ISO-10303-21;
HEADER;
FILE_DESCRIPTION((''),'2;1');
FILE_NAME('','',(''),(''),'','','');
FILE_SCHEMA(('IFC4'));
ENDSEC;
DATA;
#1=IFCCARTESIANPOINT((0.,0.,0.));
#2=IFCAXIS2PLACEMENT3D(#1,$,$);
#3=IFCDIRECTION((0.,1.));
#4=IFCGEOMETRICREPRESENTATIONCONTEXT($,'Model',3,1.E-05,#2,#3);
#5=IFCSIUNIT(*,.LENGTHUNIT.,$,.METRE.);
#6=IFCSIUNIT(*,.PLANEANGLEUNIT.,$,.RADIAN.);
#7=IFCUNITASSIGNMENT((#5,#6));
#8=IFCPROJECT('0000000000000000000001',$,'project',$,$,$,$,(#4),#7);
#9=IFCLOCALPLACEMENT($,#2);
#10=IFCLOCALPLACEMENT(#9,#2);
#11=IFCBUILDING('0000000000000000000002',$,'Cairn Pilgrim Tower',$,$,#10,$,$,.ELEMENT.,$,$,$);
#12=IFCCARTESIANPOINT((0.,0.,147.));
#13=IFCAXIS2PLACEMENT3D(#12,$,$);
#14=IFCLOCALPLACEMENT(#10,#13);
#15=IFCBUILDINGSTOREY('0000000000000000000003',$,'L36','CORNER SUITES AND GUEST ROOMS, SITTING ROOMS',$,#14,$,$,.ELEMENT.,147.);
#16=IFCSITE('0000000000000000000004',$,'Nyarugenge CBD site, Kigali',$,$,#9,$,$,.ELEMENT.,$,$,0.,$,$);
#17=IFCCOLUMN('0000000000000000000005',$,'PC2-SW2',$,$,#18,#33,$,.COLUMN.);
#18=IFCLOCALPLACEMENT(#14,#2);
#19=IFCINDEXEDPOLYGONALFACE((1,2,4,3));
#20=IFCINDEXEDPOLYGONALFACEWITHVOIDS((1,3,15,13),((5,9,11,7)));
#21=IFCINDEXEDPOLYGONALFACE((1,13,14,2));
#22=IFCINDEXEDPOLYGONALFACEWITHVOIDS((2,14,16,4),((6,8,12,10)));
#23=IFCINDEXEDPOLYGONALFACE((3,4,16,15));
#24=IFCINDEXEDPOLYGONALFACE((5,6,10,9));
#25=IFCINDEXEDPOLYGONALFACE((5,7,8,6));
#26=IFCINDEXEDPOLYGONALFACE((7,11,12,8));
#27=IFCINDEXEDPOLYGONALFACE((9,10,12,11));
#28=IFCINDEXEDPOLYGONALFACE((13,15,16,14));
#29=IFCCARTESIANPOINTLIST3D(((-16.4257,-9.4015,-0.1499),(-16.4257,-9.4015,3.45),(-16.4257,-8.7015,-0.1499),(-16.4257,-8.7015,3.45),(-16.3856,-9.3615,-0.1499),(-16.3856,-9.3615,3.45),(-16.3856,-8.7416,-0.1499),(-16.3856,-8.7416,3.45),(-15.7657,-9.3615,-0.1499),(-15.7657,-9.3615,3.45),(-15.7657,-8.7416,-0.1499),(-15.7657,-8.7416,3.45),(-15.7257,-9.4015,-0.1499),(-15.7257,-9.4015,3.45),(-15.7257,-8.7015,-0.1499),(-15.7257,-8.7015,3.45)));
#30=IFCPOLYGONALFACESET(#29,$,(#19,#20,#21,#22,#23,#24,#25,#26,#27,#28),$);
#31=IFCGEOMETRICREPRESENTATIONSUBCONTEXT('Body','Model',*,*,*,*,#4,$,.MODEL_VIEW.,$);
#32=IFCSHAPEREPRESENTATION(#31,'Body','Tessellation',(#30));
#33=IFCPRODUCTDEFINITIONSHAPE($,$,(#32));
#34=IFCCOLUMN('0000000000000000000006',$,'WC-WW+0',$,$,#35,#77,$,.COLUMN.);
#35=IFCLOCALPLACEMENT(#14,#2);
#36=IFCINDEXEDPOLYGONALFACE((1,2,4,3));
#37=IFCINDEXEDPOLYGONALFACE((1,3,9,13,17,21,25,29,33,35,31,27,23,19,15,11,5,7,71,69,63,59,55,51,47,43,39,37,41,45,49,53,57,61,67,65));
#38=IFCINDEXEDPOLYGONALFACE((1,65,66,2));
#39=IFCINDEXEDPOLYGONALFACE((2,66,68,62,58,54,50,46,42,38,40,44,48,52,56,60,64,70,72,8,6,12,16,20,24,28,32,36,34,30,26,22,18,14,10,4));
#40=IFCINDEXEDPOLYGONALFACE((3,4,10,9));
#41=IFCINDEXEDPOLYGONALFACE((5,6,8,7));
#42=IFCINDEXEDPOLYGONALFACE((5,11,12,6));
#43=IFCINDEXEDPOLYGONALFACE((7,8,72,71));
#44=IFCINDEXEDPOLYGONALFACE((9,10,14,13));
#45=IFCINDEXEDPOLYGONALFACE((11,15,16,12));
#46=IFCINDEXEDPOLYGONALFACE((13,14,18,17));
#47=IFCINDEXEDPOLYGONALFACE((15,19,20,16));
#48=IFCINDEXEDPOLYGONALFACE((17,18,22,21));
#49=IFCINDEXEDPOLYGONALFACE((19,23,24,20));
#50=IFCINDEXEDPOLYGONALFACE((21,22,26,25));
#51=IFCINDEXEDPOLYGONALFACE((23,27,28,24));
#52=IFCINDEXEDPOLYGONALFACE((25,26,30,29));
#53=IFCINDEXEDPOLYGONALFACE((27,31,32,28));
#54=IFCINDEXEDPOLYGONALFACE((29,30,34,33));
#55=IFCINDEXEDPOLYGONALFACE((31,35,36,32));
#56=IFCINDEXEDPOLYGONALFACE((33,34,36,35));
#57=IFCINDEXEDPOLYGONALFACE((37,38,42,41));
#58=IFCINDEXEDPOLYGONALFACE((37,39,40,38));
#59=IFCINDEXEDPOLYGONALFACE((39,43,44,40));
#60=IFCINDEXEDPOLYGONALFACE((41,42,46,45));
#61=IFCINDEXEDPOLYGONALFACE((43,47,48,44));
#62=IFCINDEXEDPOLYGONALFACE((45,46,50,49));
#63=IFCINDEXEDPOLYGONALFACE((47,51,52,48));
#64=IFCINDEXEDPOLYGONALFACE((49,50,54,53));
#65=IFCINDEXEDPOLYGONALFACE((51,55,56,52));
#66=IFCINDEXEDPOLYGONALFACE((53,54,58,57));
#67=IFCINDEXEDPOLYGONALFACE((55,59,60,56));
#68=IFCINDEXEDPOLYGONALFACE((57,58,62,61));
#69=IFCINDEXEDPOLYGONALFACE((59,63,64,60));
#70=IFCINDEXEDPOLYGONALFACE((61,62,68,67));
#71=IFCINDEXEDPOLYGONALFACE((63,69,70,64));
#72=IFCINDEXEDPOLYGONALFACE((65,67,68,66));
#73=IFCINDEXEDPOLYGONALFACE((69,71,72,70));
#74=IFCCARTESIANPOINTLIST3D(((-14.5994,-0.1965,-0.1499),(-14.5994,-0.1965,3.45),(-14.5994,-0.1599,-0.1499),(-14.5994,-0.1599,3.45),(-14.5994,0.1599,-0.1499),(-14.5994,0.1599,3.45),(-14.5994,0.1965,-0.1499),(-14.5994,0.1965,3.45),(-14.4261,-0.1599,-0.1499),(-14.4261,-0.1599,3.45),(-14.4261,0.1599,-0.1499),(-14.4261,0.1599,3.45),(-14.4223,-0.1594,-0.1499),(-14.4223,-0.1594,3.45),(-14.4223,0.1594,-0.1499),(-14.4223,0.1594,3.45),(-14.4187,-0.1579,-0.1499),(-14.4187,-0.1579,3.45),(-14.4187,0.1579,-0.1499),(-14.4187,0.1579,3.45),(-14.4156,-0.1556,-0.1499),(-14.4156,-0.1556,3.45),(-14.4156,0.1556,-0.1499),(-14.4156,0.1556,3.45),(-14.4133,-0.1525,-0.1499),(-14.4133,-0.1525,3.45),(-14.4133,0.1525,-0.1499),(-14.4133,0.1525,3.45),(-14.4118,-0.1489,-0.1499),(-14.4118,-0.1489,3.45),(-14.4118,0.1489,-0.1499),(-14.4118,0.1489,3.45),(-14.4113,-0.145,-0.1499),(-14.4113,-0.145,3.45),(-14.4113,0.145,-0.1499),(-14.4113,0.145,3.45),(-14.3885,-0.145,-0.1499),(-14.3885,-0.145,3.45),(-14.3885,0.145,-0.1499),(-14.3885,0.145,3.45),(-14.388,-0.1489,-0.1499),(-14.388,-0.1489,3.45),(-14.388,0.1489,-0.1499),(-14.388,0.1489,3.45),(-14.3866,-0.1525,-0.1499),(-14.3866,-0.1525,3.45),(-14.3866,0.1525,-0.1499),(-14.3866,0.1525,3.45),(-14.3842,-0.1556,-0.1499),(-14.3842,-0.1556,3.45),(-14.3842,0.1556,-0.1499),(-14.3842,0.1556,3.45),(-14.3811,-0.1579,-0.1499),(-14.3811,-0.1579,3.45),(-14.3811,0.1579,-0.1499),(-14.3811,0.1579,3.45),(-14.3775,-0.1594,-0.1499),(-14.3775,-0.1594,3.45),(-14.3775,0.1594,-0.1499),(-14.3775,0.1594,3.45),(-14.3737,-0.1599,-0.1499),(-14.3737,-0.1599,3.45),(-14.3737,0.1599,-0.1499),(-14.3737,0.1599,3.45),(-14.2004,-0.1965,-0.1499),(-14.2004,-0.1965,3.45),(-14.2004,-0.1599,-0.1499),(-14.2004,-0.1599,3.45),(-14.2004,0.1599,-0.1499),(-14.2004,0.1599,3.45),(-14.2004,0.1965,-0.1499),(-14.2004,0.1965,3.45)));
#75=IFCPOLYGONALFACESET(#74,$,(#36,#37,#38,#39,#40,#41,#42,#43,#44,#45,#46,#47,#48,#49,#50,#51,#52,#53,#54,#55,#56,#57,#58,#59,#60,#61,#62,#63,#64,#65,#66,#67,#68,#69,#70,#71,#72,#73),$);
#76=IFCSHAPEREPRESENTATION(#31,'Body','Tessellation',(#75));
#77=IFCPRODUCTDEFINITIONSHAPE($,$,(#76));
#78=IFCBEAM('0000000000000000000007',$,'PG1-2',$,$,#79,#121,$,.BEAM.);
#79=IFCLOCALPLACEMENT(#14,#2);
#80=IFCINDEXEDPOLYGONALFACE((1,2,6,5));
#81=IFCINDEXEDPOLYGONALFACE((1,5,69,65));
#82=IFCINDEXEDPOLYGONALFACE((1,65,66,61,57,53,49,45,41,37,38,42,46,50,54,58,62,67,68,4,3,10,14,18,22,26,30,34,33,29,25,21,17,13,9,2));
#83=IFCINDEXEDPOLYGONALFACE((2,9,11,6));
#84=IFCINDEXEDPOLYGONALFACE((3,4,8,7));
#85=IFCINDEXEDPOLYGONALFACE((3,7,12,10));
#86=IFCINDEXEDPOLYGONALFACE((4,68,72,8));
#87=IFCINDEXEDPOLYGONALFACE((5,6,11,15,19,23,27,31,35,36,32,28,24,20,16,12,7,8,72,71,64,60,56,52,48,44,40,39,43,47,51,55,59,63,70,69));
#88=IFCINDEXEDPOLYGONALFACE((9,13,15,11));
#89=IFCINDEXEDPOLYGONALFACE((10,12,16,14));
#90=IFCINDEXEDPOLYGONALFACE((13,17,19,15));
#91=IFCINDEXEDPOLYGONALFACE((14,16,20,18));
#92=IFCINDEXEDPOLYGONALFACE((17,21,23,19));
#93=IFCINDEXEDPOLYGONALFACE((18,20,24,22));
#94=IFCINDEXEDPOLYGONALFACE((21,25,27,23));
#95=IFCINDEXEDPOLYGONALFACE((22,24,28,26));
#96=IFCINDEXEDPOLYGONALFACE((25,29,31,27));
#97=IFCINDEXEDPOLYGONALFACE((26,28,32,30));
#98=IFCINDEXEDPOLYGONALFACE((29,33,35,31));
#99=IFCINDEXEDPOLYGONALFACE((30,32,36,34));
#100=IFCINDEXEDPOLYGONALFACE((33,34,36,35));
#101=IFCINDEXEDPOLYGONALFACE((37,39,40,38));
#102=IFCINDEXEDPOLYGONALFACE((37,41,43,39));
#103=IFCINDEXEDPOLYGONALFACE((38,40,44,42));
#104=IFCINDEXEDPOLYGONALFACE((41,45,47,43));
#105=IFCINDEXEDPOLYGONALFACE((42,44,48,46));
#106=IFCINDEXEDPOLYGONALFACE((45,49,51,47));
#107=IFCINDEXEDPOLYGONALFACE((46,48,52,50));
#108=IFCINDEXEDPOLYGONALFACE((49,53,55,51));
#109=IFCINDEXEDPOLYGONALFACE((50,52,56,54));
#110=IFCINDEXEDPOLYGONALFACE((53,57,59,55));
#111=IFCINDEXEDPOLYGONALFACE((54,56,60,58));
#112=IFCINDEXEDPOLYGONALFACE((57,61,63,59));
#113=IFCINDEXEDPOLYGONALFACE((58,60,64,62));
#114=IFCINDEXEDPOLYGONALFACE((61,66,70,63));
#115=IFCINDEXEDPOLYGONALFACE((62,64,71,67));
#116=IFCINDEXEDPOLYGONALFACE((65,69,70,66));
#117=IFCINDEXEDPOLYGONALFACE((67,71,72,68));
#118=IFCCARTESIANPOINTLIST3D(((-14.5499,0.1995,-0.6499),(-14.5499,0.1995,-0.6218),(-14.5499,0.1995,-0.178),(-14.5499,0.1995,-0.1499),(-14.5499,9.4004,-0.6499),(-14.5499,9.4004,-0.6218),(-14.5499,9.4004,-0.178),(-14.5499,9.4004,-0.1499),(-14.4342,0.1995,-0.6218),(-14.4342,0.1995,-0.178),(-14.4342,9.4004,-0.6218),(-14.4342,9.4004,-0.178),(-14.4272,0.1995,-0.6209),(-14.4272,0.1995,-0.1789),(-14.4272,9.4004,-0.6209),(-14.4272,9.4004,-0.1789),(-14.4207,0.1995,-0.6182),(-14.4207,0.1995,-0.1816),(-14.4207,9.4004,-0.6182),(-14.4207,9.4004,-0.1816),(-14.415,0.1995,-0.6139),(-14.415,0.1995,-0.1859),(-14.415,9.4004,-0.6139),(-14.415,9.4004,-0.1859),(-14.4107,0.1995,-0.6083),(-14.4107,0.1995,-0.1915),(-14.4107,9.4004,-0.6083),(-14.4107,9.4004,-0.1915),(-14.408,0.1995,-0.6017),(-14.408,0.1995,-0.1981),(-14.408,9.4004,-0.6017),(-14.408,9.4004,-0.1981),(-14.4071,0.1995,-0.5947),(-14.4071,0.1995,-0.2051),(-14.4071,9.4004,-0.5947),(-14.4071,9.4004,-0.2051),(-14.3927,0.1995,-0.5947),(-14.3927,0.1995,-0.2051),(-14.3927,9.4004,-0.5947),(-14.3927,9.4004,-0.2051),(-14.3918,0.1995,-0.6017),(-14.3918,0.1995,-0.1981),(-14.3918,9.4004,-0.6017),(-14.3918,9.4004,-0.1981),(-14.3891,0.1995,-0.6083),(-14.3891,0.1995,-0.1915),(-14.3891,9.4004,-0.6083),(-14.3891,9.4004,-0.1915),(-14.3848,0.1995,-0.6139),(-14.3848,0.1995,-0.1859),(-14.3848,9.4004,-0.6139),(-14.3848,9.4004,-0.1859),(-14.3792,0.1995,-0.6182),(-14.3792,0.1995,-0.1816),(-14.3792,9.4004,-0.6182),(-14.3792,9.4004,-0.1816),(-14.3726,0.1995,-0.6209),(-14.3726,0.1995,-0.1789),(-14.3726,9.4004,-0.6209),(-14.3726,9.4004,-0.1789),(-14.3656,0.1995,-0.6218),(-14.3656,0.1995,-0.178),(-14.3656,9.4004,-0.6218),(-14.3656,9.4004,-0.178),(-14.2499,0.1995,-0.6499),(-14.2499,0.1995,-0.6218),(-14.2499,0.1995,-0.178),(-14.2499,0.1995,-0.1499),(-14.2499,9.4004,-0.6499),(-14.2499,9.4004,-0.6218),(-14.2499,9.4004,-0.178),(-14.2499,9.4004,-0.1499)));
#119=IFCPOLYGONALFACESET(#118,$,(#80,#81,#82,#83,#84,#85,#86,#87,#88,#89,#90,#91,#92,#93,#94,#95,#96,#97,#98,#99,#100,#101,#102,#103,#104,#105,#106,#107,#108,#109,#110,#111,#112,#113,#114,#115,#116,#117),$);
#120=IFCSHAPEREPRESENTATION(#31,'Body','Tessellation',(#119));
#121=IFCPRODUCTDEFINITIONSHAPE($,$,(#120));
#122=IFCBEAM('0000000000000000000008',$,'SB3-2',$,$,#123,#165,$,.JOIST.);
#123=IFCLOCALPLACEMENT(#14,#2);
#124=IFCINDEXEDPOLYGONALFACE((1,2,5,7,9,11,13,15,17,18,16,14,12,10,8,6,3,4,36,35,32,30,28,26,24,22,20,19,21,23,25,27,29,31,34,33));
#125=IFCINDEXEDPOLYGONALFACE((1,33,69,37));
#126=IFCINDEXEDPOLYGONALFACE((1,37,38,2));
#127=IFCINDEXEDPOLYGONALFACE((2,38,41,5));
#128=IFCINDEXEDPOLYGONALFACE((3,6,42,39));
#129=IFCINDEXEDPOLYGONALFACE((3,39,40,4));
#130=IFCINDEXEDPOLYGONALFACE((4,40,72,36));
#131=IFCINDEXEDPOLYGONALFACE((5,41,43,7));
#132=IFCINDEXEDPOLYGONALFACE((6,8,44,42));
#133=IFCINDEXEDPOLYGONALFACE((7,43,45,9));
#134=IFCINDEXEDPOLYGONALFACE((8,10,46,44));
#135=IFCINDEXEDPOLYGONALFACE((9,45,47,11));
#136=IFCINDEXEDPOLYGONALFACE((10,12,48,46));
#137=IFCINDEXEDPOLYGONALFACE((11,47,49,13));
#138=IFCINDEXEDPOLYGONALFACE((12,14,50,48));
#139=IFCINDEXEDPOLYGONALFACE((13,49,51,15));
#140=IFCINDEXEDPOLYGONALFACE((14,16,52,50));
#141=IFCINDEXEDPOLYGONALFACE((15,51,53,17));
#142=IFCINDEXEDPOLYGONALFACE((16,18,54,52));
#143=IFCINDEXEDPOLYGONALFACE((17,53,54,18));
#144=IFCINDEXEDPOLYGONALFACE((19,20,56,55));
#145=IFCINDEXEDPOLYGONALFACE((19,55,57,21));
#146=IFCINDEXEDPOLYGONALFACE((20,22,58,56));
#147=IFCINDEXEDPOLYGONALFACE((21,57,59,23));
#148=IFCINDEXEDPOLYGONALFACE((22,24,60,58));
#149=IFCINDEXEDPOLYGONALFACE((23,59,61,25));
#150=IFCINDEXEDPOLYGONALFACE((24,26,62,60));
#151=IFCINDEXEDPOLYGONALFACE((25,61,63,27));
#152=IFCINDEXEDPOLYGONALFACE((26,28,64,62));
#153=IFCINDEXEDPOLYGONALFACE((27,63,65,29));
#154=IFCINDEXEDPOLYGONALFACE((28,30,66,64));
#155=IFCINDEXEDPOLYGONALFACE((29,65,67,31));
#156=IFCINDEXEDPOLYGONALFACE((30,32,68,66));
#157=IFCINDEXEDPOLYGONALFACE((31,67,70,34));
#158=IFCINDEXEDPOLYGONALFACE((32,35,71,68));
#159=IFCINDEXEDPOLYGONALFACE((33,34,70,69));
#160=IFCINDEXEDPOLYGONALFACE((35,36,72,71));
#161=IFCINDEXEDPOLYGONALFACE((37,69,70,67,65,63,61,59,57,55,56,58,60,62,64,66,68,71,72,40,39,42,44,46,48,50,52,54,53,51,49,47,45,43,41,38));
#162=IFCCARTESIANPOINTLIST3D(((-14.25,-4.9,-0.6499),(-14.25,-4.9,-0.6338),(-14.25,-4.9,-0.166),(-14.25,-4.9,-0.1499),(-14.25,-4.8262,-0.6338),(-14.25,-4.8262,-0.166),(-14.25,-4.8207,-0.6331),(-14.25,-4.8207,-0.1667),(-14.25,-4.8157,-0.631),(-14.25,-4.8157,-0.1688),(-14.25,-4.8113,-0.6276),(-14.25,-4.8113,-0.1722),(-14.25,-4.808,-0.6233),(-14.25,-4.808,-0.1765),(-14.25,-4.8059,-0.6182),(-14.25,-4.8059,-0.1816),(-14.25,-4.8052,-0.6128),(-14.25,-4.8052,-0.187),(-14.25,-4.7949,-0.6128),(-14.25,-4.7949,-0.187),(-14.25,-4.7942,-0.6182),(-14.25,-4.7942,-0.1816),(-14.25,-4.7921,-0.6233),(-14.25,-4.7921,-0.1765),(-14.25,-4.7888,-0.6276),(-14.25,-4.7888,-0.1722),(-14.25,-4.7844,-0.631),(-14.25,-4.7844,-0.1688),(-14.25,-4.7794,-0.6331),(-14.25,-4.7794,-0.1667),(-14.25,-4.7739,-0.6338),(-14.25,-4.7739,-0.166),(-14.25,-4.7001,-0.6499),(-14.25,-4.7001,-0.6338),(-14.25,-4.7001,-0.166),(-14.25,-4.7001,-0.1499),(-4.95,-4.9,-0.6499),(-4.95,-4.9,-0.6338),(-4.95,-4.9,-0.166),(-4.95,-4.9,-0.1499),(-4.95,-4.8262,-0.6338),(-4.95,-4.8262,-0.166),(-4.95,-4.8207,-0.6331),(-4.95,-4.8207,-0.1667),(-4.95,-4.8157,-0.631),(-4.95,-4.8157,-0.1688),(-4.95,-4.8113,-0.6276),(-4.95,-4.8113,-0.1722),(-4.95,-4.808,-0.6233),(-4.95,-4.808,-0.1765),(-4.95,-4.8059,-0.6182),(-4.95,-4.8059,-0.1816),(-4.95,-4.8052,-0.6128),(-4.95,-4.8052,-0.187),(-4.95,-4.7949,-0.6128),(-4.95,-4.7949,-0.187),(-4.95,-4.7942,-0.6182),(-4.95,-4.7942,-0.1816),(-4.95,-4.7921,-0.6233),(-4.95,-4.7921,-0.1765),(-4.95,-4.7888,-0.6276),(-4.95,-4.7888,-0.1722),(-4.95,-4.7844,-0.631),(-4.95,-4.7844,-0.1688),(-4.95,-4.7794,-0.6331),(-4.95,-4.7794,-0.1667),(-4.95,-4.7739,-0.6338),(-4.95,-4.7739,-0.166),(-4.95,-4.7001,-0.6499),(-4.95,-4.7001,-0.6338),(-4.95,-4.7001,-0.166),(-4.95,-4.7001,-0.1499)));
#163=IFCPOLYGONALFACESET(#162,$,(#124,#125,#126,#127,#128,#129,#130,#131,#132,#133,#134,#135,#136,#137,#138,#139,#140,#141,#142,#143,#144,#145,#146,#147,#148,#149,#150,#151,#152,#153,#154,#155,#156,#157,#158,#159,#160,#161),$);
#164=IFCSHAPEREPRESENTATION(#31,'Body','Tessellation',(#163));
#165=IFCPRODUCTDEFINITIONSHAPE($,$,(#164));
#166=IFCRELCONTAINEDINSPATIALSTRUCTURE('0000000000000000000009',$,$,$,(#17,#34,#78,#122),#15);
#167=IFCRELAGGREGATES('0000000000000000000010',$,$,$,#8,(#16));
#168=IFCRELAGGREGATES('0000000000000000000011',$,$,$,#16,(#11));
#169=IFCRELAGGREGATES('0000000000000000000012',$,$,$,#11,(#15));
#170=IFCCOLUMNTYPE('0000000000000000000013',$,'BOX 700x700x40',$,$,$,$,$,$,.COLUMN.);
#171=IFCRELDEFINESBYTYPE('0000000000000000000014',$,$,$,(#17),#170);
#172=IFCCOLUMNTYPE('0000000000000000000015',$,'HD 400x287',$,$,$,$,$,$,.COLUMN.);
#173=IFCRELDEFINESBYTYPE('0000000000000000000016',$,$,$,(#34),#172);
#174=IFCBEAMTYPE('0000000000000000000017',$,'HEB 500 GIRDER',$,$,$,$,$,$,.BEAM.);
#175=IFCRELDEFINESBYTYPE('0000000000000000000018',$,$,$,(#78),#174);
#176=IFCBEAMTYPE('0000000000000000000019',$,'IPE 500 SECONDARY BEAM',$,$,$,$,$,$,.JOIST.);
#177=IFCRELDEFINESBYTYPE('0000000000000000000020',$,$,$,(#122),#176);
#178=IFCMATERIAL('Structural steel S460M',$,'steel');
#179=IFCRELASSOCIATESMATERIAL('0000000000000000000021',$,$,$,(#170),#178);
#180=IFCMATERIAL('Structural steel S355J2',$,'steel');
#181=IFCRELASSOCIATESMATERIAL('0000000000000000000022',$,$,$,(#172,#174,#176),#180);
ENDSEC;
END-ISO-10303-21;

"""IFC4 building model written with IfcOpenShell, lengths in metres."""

from ifc_helpers import new_model, si_unit, direction, frame, origin, origin_2d, place, context, subcontext, project, spatial, hollow_rectangle, i_section, extrude, material, material_profile, profile_set, type_object, element, save


model = new_model("IFC4")

# Units and contexts
model_context = context("Model", 3, precision=1e-05, world=origin(), true_north=direction((0.0, 1.0)))
body_context = subcontext(model_context, "Body", "Model", "MODEL_VIEW")
ifc_project = project(units=[si_unit("LENGTHUNIT", "METRE"), si_unit("PLANEANGLEUNIT", "RADIAN")], contexts=[model_context])

# Site, building, storey
site_placement = place(None, origin())
site = spatial("IfcSite", under=ifc_project, at=site_placement, Name="Nyarugenge CBD site, Kigali", CompositionType="ELEMENT", RefElevation=0.0)
building_placement = place(site_placement, origin())
building = spatial("IfcBuilding", under=site, at=building_placement, Name="Cairn Pilgrim Tower", CompositionType="ELEMENT")
storey_placement = place(building_placement, frame((0.0, 0.0, 147.0)))
storey = spatial("IfcBuildingStorey", under=building, at=storey_placement, Name="L36", Description="CORNER SUITES AND GUEST ROOMS, SITTING ROOMS", CompositionType="ELEMENT", Elevation=147.0)

# Columns
ifc_material_1 = material(Name="Structural steel S460M", Category="steel")
ifc_material_profile_1 = material_profile(ifc_material_1, hollow_rectangle(XDim=0.7, YDim=0.7, WallThickness=0.04, at=origin_2d()), Name="BOX 700x700x40")
ifc_profile_set_1 = profile_set([ifc_material_profile_1], Name="Structural steel S460M")
column_type_1 = type_object("IfcColumnType", Name="BOX 700x700x40", PredefinedType="COLUMN", material=ifc_profile_set_1)
column_1_placement = place(storey_placement, frame((-16.0757, -9.0515, -0.1499), z_axis=(0.0, 0.0, 1.0), x_axis=(1.0, 0.0, 0.0)))
element("IfcColumn", 1, at=column_1_placement, inside=storey, type_object=column_type_1, Name="PC2-SW2", PredefinedType="COLUMN", context=body_context, shape_type="SweptSolid", body=[
    extrude(hollow_rectangle(XDim=0.7, YDim=0.7, WallThickness=0.04, at=origin_2d()), origin(), (0.0, 0.0, 1.0), 3.5999),
])
ifc_material_2 = material(Name="Structural steel S355J2", Category="steel")
ifc_material_profile_2 = material_profile(ifc_material_2, i_section(OverallWidth=0.3989, OverallDepth=0.3931, WebThickness=0.0227, FlangeThickness=0.0366, FilletRadius=0.0149, at=origin_2d()), Name="HD 400x287")
ifc_profile_set_2 = profile_set([ifc_material_profile_2], Name="Structural steel S355J2")
column_type_2 = type_object("IfcColumnType", Name="HD 400x287", PredefinedType="COLUMN", material=ifc_profile_set_2)
column_2_placement = place(storey_placement, frame((-14.3999, 0.0, -0.1499), z_axis=(0.0, 0.0, 1.0), x_axis=(1.0, 0.0, 0.0)))
element("IfcColumn", 2, at=column_2_placement, inside=storey, type_object=column_type_2, Name="WC-WW+0", PredefinedType="COLUMN", context=body_context, shape_type="SweptSolid", body=[
    extrude(i_section(OverallWidth=0.3989, OverallDepth=0.3931, WebThickness=0.0227, FlangeThickness=0.0366, FilletRadius=0.0149, at=origin_2d()), origin(), (0.0, 0.0, 1.0), 3.5999),
])

# Beams
ifc_material_profile_3 = material_profile(ifc_material_2, i_section(OverallWidth=0.3, OverallDepth=0.5, WebThickness=0.0144, FlangeThickness=0.0281, FilletRadius=0.0271, at=origin_2d()), Name="HEB 500")
ifc_profile_set_3 = profile_set([ifc_material_profile_3], Name="Structural steel S355J2")
beam_type_1 = type_object("IfcBeamType", Name="HEB 500 GIRDER", PredefinedType="BEAM", material=ifc_profile_set_3)
beam_placement = place(storey_placement, frame((-14.3999, 0.1995, -0.3999), z_axis=(0.0, 1.0, 0.0), x_axis=(-1.0, 0.0, 0.0)))
element("IfcBeam", 3, at=beam_placement, inside=storey, type_object=beam_type_1, Name="PG1-2", PredefinedType="BEAM", context=body_context, shape_type="SweptSolid", body=[
    extrude(i_section(OverallWidth=0.3, OverallDepth=0.5, WebThickness=0.0144, FlangeThickness=0.0281, FilletRadius=0.0271, at=origin_2d()), origin(), (0.0, 0.0, 1.0), 9.2009),
])
ifc_material_profile_4 = material_profile(ifc_material_2, i_section(OverallWidth=0.2, OverallDepth=0.5, WebThickness=0.0103, FlangeThickness=0.0161, FilletRadius=0.021, at=origin_2d()), Name="IPE 500")
ifc_profile_set_4 = profile_set([ifc_material_profile_4], Name="Structural steel S355J2")
beam_type_2 = type_object("IfcBeamType", Name="IPE 500 SECONDARY BEAM", PredefinedType="JOIST", material=ifc_profile_set_4)
for number, where, z_axis, x_axis, name in (
    (4, (-14.25, -4.8, -0.3999), (1.0, 0.0, 0.0), (0.0, 1.0, 0.0), "SB3-2"),
):
    element("IfcBeam", number, at=place(storey_placement, frame(where, z_axis=z_axis, x_axis=x_axis)), inside=storey, type_object=beam_type_2, Name=name, PredefinedType="JOIST", context=body_context, shape_type="SweptSolid", body=[
        extrude(i_section(OverallWidth=0.2, OverallDepth=0.5, WebThickness=0.0103, FlangeThickness=0.0161, FilletRadius=0.021, at=origin_2d()), origin(), (0.0, 0.0, 1.0), 9.3),
    ])

save(model, "model.ifc")
